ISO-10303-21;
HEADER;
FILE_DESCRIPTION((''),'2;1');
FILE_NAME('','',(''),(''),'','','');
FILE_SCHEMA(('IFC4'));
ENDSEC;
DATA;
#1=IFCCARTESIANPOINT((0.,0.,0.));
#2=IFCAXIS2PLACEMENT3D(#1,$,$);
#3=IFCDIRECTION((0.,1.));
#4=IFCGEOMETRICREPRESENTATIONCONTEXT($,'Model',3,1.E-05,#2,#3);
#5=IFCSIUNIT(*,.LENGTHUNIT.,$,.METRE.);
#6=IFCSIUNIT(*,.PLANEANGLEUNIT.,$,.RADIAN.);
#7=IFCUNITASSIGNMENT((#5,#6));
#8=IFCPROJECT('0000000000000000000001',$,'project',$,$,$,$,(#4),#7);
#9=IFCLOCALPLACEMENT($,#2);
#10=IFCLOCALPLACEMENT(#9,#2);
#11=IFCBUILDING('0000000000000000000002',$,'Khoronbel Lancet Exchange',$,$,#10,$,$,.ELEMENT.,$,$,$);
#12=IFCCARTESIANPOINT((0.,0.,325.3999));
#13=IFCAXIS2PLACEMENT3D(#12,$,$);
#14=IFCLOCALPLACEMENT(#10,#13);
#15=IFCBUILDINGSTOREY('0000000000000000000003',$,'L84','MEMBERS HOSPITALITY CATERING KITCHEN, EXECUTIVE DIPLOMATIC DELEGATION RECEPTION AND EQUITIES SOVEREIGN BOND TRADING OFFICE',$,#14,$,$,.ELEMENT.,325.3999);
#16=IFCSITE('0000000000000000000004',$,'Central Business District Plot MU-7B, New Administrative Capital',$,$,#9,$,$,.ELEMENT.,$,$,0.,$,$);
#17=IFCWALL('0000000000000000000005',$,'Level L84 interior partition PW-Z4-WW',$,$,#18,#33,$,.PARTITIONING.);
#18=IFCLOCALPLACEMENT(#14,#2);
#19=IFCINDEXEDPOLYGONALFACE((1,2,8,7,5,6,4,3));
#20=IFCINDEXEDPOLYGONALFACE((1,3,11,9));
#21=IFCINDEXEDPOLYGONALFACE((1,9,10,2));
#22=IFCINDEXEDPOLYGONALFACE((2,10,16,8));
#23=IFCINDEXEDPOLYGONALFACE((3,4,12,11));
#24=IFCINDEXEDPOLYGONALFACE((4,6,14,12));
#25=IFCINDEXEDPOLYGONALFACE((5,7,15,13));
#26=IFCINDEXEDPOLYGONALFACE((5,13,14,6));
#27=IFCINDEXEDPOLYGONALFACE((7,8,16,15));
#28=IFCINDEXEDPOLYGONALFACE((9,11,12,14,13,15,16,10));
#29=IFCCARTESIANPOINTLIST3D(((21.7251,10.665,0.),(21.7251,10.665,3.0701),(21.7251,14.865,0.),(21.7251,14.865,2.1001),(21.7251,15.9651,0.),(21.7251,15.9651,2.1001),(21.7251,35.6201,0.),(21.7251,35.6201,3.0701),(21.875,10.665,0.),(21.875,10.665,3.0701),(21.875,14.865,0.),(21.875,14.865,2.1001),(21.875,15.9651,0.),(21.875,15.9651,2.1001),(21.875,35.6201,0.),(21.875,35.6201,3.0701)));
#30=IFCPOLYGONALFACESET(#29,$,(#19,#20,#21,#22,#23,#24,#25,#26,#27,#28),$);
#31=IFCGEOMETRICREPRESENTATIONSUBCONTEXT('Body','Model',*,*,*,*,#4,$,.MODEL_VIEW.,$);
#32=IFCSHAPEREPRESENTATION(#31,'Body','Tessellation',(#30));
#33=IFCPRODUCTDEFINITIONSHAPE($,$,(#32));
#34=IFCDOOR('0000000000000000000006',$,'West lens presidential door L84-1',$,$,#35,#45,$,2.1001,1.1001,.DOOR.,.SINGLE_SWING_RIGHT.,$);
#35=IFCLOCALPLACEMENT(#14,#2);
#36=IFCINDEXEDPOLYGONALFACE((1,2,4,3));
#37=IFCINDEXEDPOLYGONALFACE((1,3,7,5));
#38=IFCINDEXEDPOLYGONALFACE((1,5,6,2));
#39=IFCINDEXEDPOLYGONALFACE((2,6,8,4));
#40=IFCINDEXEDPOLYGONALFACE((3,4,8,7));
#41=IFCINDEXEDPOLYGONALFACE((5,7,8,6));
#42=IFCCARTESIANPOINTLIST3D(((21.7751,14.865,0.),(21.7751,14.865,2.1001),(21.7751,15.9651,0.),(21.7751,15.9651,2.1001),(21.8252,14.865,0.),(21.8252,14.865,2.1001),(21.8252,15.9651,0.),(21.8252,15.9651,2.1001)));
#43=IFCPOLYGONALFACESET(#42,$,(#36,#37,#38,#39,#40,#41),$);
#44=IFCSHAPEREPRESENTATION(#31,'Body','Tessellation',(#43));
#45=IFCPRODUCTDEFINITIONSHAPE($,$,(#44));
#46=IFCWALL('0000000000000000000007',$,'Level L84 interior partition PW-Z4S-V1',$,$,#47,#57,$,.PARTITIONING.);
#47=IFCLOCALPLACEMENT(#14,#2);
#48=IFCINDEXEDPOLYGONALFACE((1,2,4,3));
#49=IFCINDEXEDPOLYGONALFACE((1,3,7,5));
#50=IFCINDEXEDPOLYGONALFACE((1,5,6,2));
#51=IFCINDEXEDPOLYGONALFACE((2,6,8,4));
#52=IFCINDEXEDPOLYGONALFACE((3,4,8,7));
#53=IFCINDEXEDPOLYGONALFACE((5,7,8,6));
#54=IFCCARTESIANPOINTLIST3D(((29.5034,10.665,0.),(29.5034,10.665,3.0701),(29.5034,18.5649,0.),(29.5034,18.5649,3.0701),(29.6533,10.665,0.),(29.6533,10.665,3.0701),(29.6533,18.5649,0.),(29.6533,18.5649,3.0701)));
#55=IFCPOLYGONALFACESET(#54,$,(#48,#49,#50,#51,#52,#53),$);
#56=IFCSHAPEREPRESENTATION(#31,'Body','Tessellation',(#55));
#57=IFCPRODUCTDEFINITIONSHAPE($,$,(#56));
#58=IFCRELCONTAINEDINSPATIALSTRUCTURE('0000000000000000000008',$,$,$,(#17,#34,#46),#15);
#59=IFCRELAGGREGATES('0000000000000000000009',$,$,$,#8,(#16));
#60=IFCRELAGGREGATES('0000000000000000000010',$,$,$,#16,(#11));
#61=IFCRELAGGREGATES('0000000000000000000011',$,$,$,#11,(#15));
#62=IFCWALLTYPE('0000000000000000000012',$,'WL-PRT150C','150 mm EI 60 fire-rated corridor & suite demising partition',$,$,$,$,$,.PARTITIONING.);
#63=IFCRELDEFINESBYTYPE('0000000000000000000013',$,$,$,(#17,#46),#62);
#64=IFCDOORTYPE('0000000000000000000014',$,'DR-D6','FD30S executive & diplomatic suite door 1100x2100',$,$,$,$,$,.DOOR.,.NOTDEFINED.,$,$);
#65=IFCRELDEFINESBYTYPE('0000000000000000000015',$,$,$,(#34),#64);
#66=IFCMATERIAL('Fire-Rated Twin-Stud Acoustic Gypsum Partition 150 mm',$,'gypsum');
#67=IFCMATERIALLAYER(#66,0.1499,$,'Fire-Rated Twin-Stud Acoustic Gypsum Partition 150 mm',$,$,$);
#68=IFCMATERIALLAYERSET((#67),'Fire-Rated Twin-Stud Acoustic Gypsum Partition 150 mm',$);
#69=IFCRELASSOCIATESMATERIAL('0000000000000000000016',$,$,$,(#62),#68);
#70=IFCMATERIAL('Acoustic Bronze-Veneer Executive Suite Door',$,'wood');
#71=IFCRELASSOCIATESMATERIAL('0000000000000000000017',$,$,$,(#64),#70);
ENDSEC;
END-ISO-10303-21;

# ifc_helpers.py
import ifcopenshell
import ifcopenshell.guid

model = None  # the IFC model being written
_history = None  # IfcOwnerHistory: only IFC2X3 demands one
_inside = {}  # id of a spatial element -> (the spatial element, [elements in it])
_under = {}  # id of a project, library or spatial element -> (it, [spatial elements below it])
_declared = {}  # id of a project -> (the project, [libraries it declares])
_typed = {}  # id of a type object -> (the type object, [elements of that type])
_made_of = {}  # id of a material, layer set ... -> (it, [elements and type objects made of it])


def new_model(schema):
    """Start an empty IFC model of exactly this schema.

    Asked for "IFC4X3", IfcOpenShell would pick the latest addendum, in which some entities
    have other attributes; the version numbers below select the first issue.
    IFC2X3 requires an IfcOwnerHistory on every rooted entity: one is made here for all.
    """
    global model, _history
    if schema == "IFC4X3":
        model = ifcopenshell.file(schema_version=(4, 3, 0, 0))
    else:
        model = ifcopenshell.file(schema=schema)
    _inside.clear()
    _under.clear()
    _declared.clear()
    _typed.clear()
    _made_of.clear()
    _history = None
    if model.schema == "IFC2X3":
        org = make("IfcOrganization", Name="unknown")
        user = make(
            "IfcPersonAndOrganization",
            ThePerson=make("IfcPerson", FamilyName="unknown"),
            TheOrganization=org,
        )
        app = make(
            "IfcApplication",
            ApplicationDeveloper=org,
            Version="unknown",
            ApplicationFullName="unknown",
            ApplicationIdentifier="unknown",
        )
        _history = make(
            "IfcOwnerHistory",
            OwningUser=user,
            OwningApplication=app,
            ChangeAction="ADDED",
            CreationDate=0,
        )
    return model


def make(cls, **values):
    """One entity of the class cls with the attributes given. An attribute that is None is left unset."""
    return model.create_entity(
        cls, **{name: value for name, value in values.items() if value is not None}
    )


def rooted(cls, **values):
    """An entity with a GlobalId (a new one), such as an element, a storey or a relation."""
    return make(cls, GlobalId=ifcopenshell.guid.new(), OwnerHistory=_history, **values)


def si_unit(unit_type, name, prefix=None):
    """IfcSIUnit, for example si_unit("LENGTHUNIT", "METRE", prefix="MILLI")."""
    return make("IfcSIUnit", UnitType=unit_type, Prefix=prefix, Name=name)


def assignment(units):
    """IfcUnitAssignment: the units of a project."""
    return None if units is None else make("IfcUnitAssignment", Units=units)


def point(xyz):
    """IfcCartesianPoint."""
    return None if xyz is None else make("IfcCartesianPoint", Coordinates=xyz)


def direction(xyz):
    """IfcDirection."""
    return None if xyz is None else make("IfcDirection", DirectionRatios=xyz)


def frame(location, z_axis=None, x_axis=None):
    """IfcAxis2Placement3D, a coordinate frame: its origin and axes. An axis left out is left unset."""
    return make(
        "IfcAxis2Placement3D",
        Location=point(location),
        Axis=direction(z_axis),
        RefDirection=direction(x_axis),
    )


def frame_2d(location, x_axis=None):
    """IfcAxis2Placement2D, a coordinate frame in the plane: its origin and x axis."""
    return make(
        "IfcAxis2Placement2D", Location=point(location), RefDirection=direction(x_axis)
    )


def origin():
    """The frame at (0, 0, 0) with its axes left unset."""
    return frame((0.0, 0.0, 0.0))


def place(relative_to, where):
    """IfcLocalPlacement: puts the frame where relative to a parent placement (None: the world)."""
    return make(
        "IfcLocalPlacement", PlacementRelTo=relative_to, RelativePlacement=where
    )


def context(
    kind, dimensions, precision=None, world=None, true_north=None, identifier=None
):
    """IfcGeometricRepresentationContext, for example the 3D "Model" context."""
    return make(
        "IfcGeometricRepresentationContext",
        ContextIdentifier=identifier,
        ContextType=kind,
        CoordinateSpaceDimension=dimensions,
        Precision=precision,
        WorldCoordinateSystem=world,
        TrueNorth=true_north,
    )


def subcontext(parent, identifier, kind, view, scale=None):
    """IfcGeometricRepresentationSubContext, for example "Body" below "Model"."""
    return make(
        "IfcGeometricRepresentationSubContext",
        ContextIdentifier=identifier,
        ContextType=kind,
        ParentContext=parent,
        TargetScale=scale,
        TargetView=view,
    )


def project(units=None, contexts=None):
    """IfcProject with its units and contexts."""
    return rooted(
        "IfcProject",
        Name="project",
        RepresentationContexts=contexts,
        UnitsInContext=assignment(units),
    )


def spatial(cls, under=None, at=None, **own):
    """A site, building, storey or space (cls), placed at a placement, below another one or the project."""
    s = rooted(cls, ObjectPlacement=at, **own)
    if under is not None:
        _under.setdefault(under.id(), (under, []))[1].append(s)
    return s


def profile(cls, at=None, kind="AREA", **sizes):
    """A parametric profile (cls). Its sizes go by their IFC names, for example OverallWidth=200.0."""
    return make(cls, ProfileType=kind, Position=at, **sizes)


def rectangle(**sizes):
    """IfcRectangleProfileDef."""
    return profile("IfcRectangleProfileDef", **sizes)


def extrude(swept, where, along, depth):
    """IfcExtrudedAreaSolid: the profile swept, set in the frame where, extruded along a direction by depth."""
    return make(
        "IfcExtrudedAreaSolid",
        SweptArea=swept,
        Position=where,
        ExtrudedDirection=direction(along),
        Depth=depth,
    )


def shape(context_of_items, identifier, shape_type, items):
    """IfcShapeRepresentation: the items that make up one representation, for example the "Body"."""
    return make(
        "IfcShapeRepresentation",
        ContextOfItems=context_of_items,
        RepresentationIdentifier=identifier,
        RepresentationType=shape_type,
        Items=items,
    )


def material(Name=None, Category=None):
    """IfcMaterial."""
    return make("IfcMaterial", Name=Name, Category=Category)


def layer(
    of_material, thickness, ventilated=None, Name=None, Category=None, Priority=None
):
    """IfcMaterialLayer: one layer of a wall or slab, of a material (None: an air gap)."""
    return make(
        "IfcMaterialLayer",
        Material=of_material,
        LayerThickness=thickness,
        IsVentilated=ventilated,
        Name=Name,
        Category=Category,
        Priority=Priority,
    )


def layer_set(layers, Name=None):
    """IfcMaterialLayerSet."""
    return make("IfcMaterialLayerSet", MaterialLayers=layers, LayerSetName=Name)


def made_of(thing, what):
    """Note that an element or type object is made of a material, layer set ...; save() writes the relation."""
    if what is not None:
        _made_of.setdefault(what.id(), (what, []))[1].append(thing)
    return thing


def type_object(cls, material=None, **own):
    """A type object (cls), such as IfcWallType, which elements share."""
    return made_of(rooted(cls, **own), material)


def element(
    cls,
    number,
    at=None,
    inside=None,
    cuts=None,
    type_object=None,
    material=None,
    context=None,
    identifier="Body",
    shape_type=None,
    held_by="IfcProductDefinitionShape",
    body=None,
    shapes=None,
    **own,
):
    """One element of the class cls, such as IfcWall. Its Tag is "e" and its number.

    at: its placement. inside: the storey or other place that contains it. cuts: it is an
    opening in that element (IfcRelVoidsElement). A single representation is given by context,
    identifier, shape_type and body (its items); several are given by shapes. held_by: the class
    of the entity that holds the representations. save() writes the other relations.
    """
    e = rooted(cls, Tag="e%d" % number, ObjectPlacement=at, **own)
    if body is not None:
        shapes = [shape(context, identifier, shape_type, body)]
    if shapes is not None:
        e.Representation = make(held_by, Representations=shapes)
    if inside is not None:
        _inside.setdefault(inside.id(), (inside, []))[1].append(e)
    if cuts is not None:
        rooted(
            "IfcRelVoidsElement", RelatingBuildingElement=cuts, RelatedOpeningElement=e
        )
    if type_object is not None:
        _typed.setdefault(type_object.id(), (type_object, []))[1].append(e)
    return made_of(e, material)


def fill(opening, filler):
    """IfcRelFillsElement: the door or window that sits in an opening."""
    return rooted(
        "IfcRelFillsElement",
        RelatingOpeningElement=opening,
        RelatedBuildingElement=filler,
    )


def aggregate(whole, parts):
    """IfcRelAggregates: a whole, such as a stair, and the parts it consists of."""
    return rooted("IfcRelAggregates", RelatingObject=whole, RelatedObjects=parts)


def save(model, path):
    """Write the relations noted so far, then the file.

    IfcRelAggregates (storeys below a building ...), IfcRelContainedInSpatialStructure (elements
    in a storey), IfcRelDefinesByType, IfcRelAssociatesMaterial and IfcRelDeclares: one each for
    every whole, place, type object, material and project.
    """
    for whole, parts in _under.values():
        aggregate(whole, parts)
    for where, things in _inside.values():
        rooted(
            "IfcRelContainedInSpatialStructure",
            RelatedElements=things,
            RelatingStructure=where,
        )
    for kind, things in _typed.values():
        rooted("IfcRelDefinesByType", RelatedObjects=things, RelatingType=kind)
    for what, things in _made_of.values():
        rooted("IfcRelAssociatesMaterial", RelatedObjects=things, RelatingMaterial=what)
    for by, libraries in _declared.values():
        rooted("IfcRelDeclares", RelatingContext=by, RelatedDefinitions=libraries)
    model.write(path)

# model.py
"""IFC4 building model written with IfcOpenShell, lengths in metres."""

from ifc_helpers import new_model, si_unit, direction, frame, frame_2d, origin, place, context, subcontext, project, spatial, rectangle, extrude, material, layer, layer_set, type_object, element, fill, save


model = new_model("IFC4")

# Units and contexts
model_context = context("Model", 3, precision=1e-05, world=origin(), true_north=direction((0.0, 1.0)))
body_context = subcontext(model_context, "Body", "Model", "MODEL_VIEW")
ifc_project = project(units=[si_unit("LENGTHUNIT", "METRE"), si_unit("PLANEANGLEUNIT", "RADIAN")], contexts=[model_context])

# Site, building, storey
site_placement = place(None, origin())
site = spatial("IfcSite", under=ifc_project, at=site_placement, Name="Central Business District Plot MU-7B, New Administrative Capital", CompositionType="ELEMENT", RefElevation=0.0)
building_placement = place(site_placement, origin())
building = spatial("IfcBuilding", under=site, at=building_placement, Name="Khoronbel Lancet Exchange", CompositionType="ELEMENT")
storey_placement = place(building_placement, frame((0.0, 0.0, 325.3999)))
storey = spatial("IfcBuildingStorey", under=building, at=storey_placement, Name="L84", Description="MEMBERS HOSPITALITY CATERING KITCHEN, EXECUTIVE DIPLOMATIC DELEGATION RECEPTION AND EQUITIES SOVEREIGN BOND TRADING OFFICE", CompositionType="ELEMENT", Elevation=325.3999)

# Wall, opening, door
ifc_material_1 = material(Name="Fire-Rated Twin-Stud Acoustic Gypsum Partition 150 mm", Category="gypsum")
ifc_layer_1 = layer(ifc_material_1, 0.1499, Name="Fire-Rated Twin-Stud Acoustic Gypsum Partition 150 mm")
ifc_layer_set_1 = layer_set([ifc_layer_1], Name="Fire-Rated Twin-Stud Acoustic Gypsum Partition 150 mm")
wall_type = type_object("IfcWallType", Name="WL-PRT150C", Description="150 mm EI 60 fire-rated corridor & suite demising partition", PredefinedType="PARTITIONING", material=ifc_layer_set_1)
wall_1_placement = place(storey_placement, frame((21.8, 10.665, 0.0), z_axis=(0.0, 0.0, 1.0), x_axis=(0.0, 1.0, 0.0)))
wall_1 = element("IfcWall", 1, at=wall_1_placement, inside=storey, type_object=wall_type, Name="Level L84 interior partition PW-Z4-WW", PredefinedType="PARTITIONING", context=body_context, shape_type="SweptSolid", body=[
    extrude(rectangle(XDim=24.9551, YDim=0.1499, at=frame_2d((12.4775, 0.0))), origin(), (0.0, 0.0, 1.0), 3.0701),
])
opening_placement = place(wall_1_placement, frame((4.2, 0.0, 0.0)))
opening = element("IfcOpeningElement", 2, at=opening_placement, cuts=wall_1, PredefinedType="OPENING", context=body_context, shape_type="SweptSolid", body=[
    extrude(rectangle(XDim=1.1001, YDim=2.1001, at=frame_2d((0.55, 1.05))), frame((0.0, 0.085, 0.0), z_axis=(0.0, -1.0, 0.0), x_axis=(1.0, 0.0, 0.0)), (0.0, 0.0, 1.0), 0.1699),
])
ifc_material_2 = material(Name="Acoustic Bronze-Veneer Executive Suite Door", Category="wood")
door_type = type_object("IfcDoorType", Name="DR-D6", Description="FD30S executive & diplomatic suite door 1100x2100", OperationType="NOTDEFINED", PredefinedType="DOOR", material=ifc_material_2)
door_placement = place(opening_placement, origin())
door = element("IfcDoor", 3, at=door_placement, inside=storey, type_object=door_type, Name="West lens presidential door L84-1", OperationType="SINGLE_SWING_RIGHT", OverallHeight=2.1001, OverallWidth=1.1001, PredefinedType="DOOR", context=body_context, shape_type="SweptSolid", body=[
    extrude(rectangle(XDim=1.1001, YDim=2.1001, at=frame_2d((0.55, 1.05))), frame((0.0, 0.0249, 0.0), z_axis=(0.0, -1.0, 0.0), x_axis=(1.0, 0.0, 0.0)), (0.0, 0.0, 1.0), 0.05),
])
fill(opening, door)

# Wall
wall_2_placement = place(storey_placement, frame((29.5784, 10.665, 0.0), z_axis=(0.0, 0.0, 1.0), x_axis=(0.0, 1.0, 0.0)))
element("IfcWall", 4, at=wall_2_placement, inside=storey, type_object=wall_type, Name="Level L84 interior partition PW-Z4S-V1", PredefinedType="PARTITIONING", context=body_context, shape_type="SweptSolid", body=[
    extrude(rectangle(XDim=7.8999, YDim=0.1499, at=frame_2d((3.95, 0.0))), origin(), (0.0, 0.0, 1.0), 3.0701),
])

save(model, "model.ifc")
